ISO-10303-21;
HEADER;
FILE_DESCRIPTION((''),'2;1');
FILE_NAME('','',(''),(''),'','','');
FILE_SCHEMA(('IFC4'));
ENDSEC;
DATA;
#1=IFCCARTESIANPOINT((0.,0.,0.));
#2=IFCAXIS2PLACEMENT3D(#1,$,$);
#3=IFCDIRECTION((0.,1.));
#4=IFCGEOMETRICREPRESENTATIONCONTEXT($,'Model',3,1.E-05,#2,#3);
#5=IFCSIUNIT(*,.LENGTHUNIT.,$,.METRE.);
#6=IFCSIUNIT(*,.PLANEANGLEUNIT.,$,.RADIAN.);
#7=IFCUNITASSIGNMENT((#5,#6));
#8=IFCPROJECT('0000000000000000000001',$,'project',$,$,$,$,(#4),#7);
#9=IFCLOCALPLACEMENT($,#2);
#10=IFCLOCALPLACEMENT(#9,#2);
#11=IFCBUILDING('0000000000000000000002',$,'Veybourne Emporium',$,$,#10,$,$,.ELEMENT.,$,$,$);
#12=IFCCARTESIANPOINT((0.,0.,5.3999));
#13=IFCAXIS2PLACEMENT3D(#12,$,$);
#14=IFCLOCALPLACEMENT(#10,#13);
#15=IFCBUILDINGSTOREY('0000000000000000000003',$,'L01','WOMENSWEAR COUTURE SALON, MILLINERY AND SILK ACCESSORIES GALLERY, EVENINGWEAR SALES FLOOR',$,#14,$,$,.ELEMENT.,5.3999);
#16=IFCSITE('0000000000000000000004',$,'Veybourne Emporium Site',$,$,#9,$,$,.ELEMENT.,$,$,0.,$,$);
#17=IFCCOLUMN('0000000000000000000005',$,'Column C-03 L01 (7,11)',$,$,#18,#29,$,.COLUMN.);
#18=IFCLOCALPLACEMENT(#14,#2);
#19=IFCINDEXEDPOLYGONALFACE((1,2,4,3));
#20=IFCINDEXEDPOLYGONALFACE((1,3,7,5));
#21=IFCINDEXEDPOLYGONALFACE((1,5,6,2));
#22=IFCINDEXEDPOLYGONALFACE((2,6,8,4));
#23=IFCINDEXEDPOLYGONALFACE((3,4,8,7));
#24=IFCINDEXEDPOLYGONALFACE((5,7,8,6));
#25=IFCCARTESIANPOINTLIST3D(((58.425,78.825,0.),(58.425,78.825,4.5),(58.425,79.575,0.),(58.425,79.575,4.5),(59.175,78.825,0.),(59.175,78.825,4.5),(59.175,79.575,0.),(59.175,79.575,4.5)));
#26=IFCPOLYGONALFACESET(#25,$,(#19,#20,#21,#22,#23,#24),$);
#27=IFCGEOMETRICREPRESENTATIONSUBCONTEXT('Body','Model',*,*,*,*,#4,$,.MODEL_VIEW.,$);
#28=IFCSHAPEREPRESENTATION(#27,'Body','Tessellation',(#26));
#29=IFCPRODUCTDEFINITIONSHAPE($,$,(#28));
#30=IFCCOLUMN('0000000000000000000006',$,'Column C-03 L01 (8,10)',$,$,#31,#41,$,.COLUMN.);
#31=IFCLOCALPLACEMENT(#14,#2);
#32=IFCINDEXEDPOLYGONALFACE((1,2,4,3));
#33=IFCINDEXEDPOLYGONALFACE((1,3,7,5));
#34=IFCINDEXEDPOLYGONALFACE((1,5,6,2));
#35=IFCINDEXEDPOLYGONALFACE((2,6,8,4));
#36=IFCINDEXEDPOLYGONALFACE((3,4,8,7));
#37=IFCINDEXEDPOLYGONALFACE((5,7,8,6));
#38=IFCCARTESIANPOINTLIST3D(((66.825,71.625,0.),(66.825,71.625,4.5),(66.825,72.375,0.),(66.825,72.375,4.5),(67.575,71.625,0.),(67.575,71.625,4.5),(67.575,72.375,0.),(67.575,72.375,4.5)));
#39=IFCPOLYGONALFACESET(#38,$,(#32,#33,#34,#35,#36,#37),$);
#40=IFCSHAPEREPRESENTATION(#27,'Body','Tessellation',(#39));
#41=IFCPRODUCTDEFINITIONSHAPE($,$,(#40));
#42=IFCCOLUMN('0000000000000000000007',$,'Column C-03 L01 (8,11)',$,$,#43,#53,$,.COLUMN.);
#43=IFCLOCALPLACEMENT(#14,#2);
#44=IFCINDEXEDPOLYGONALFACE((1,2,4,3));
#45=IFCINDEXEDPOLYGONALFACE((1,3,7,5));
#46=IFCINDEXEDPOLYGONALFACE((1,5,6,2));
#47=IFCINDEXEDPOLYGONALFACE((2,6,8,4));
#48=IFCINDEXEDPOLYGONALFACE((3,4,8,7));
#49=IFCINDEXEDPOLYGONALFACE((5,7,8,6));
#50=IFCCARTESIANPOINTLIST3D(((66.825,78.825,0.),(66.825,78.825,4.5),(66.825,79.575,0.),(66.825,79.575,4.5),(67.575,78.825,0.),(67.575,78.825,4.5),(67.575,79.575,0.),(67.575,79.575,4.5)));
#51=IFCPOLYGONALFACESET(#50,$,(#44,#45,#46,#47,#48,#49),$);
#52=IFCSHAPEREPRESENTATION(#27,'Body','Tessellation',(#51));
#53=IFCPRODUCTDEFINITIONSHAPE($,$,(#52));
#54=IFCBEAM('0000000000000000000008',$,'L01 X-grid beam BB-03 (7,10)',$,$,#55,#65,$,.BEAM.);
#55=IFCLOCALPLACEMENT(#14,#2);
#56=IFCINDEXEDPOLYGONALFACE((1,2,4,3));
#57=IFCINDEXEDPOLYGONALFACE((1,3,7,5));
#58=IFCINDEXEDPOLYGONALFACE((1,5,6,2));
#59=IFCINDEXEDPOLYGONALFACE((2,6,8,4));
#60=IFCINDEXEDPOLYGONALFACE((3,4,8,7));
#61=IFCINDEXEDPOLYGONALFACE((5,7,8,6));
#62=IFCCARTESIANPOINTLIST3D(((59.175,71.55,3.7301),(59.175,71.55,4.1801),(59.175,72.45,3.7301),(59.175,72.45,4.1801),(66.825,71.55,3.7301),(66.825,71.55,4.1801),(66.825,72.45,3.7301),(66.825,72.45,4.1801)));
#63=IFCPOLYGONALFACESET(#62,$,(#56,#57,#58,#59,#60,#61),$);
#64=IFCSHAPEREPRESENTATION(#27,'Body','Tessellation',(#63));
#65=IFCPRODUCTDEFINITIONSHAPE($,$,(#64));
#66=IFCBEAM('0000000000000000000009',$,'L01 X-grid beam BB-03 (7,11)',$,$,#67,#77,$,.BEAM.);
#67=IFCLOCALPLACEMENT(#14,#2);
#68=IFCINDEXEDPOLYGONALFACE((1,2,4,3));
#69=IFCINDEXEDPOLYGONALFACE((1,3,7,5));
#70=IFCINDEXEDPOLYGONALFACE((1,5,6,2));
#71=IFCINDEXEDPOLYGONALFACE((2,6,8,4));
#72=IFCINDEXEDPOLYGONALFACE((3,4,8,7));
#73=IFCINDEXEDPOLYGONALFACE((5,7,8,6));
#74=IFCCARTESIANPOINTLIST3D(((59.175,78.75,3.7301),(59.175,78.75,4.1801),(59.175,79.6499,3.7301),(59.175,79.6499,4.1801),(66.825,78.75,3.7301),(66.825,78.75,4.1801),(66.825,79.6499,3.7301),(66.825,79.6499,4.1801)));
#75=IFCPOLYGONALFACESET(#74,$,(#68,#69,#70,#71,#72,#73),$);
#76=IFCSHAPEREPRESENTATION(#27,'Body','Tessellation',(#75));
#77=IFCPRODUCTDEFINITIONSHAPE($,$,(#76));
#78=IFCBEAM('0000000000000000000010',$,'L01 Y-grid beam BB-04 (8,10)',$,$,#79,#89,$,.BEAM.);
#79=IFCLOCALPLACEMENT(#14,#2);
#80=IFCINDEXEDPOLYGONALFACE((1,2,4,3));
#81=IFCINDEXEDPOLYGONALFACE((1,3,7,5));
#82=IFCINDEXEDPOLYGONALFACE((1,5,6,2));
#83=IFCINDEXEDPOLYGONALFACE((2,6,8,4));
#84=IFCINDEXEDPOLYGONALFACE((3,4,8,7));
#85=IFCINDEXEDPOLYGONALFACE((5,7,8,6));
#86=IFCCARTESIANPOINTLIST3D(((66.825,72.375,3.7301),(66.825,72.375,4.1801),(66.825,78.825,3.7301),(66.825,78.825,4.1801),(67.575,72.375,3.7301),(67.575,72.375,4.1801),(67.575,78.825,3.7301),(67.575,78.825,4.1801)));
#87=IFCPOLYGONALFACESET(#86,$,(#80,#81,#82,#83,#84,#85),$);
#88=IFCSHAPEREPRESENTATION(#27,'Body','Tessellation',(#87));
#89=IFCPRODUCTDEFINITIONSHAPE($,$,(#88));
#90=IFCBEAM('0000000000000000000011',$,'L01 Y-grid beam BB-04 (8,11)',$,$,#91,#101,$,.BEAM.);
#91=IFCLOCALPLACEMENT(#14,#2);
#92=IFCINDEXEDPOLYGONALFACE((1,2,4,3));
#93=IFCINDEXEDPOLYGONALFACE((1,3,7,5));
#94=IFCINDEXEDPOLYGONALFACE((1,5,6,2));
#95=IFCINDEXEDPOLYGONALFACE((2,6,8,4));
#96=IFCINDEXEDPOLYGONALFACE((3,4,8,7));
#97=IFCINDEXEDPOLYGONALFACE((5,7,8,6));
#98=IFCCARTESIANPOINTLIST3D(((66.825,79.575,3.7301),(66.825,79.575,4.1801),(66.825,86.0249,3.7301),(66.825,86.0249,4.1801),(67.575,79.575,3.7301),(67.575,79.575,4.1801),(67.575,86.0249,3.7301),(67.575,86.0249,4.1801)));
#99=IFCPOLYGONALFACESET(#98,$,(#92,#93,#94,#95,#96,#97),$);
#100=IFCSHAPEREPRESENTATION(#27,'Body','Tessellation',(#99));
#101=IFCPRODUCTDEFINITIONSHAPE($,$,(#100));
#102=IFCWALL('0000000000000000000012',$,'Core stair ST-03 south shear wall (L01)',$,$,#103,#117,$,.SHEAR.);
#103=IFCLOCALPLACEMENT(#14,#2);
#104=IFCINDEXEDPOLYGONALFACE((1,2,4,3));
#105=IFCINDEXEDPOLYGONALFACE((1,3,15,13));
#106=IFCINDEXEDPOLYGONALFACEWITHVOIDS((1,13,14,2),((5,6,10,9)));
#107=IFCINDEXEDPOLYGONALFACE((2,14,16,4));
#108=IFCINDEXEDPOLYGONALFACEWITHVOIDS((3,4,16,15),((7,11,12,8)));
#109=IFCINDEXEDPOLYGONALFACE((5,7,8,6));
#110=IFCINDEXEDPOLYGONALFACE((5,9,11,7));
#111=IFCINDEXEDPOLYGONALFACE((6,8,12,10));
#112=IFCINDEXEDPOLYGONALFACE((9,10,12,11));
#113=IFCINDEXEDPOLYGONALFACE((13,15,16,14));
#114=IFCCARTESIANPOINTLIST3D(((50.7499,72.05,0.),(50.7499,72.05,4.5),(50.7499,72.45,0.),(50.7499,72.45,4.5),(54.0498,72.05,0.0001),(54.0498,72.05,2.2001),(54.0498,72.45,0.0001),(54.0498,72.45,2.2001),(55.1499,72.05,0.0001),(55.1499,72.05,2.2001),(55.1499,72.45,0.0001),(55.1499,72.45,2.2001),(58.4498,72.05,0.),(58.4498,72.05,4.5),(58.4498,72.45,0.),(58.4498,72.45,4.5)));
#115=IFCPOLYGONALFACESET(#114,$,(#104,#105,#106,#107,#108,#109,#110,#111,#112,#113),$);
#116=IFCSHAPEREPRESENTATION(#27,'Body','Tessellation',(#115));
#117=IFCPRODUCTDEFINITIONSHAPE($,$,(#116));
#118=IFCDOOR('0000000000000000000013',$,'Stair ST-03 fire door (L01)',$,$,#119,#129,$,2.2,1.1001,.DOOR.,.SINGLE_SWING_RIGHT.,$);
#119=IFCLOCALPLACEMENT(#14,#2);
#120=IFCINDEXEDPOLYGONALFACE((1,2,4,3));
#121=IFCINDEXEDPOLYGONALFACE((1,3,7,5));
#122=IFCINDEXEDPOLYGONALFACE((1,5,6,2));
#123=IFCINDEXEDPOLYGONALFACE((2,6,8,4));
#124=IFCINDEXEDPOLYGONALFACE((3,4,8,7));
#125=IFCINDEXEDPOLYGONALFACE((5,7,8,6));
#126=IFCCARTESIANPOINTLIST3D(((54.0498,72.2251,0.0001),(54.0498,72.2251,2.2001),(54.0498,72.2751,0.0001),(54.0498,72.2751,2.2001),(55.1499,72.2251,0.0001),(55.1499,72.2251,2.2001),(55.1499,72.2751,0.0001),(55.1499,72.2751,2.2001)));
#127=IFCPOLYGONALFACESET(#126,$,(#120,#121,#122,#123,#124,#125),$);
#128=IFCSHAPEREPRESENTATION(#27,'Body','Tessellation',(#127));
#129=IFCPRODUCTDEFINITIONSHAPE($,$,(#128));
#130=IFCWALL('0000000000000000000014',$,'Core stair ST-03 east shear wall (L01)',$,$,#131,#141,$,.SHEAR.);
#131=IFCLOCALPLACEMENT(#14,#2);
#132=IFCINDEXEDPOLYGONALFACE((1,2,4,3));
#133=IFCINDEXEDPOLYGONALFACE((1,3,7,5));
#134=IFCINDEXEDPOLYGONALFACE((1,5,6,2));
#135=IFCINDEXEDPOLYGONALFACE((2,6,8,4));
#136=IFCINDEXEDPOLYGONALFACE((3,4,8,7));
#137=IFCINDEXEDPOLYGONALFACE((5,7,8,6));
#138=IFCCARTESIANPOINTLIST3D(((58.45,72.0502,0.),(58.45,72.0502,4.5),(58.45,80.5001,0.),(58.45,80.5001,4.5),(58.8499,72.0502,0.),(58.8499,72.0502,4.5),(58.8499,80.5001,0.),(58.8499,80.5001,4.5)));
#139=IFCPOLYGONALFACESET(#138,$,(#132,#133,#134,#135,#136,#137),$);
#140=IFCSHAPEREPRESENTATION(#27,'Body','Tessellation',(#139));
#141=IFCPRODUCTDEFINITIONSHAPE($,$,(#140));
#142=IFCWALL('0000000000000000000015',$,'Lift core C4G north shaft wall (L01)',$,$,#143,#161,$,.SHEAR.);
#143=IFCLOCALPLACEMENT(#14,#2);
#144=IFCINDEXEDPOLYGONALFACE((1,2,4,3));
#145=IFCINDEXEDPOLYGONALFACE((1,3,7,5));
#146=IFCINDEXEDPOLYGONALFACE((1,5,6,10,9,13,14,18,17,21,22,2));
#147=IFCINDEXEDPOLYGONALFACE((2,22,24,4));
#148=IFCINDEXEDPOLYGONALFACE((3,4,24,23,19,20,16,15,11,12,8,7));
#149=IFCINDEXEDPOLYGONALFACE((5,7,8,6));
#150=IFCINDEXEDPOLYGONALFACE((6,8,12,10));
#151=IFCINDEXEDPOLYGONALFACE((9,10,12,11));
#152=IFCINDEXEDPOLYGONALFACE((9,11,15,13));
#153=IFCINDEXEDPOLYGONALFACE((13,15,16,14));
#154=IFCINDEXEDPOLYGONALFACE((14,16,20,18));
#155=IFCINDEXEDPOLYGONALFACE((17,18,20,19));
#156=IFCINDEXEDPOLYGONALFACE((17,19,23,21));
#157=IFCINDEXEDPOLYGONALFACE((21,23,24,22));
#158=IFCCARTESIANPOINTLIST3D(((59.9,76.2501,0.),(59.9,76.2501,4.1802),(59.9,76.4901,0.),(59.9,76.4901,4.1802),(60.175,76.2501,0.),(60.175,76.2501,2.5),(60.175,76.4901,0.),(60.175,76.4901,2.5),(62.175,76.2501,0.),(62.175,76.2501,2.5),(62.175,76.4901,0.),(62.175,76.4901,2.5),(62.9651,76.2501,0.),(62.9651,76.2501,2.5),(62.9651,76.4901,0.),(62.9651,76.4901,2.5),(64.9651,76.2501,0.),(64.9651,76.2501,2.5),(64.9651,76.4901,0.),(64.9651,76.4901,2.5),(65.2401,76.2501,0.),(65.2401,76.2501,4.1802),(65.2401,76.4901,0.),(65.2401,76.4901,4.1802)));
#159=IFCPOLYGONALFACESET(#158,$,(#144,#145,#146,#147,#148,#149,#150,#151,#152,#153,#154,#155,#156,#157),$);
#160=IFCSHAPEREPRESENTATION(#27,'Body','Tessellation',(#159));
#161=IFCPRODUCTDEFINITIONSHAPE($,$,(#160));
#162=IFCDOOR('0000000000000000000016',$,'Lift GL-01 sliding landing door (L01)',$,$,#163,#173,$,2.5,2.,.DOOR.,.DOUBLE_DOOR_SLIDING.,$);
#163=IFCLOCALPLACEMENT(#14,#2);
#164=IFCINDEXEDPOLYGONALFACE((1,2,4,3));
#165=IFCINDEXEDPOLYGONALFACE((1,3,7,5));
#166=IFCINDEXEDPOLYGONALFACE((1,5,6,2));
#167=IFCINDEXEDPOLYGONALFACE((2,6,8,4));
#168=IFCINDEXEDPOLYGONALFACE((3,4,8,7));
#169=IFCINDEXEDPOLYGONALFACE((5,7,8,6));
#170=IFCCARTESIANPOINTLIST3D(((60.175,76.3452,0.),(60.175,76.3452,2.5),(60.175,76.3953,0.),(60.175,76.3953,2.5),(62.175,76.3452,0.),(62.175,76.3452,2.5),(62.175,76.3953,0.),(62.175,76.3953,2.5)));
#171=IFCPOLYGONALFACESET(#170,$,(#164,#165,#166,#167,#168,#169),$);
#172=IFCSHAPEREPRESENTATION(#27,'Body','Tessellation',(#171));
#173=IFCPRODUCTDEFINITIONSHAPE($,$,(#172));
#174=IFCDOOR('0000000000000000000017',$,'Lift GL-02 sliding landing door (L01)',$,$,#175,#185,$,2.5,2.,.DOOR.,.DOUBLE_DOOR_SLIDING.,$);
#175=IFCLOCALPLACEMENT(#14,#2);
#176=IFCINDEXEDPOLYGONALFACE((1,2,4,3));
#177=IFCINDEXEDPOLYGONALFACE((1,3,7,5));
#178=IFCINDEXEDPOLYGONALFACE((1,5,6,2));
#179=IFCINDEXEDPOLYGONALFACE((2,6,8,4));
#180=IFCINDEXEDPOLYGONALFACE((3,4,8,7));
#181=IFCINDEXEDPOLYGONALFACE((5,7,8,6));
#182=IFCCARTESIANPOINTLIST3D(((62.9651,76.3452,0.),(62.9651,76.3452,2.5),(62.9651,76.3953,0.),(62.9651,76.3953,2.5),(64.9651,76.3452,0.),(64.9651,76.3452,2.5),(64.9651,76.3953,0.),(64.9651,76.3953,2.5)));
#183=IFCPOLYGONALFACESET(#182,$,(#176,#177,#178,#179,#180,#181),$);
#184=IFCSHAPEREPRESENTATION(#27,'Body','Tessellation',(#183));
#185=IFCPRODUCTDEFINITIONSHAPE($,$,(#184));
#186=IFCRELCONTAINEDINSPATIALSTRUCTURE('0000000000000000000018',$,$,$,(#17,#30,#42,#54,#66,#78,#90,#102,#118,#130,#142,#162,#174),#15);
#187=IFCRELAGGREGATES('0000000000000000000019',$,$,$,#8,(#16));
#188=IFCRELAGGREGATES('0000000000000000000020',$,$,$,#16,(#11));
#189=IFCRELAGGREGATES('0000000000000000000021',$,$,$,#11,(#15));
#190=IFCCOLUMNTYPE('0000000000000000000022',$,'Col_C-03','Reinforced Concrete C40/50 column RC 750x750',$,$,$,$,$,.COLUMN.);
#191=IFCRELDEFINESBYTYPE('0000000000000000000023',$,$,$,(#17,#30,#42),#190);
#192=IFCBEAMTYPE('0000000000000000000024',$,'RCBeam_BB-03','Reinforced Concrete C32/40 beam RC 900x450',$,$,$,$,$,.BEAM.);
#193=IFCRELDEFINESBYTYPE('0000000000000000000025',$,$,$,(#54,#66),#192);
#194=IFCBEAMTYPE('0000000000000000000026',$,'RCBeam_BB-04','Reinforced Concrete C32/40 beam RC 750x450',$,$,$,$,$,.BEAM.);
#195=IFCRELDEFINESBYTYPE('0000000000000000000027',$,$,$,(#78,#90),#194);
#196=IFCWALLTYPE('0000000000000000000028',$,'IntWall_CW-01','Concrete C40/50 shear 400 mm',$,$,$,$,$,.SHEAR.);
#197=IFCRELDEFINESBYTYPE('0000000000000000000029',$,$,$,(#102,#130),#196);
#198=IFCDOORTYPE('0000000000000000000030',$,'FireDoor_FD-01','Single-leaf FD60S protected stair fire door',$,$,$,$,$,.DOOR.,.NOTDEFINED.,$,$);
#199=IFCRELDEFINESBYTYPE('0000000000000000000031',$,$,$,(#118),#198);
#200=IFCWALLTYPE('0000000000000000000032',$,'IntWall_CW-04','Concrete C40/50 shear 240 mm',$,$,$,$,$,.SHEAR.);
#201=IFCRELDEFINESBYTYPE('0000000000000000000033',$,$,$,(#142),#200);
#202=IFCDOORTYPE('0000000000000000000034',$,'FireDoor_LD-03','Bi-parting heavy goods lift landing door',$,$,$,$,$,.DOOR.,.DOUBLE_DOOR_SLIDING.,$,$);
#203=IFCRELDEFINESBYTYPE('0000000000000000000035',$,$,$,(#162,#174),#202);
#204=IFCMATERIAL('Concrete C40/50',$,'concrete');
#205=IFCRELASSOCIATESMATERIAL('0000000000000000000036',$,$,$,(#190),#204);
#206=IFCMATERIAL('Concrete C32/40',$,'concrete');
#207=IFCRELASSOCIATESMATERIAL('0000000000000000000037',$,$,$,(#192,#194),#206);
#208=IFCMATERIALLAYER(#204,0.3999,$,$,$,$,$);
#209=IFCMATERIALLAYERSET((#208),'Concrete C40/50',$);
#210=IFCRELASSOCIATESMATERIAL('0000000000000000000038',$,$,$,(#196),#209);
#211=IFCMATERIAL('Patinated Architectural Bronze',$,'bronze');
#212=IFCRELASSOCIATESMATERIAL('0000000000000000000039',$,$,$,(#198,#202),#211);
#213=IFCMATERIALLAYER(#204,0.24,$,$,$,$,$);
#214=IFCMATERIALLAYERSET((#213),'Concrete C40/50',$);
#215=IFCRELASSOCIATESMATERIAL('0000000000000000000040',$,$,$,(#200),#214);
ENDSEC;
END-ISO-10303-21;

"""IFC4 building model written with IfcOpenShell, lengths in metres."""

from ifc_helpers import new_model, si_unit, direction, frame, frame_2d, origin, origin_2d, place, context, subcontext, project, spatial, rectangle, extrude, material, layer, layer_set, material_profile, profile_set, type_object, element, fill, save


model = new_model("IFC4")

# Units and contexts
model_context = context("Model", 3, precision=1e-05, world=origin(), true_north=direction((0.0, 1.0)))
body_context = subcontext(model_context, "Body", "Model", "MODEL_VIEW")
ifc_project = project(units=[si_unit("LENGTHUNIT", "METRE"), si_unit("PLANEANGLEUNIT", "RADIAN")], contexts=[model_context])

# Site, building, storey
site_placement = place(None, origin())
site = spatial("IfcSite", under=ifc_project, at=site_placement, Name="Veybourne Emporium Site", CompositionType="ELEMENT", RefElevation=0.0)
building_placement = place(site_placement, origin())
building = spatial("IfcBuilding", under=site, at=building_placement, Name="Veybourne Emporium", CompositionType="ELEMENT")
storey_placement = place(building_placement, frame((0.0, 0.0, 5.3999)))
storey = spatial("IfcBuildingStorey", under=building, at=storey_placement, Name="L01", Description="WOMENSWEAR COUTURE SALON, MILLINERY AND SILK ACCESSORIES GALLERY, EVENINGWEAR SALES FLOOR", CompositionType="ELEMENT", Elevation=5.3999)

# Columns
ifc_material_1 = material(Name="Concrete C40/50", Category="concrete")
ifc_material_profile_1 = material_profile(ifc_material_1, rectangle(XDim=0.75, YDim=0.75, at=origin_2d()), Name="RC 750x750")
ifc_profile_set_1 = profile_set([ifc_material_profile_1], Name="Concrete C40/50")
column_type = type_object("IfcColumnType", Name="Col_C-03", Description="Reinforced Concrete C40/50 column RC 750x750", PredefinedType="COLUMN", material=ifc_profile_set_1)
for number, where, z_axis, x_axis, name in (
    (1, (58.8, 79.2, 0.0), (0.0, 0.0, 1.0), (1.0, 0.0, 0.0), "Column C-03 L01 (7,11)"),
    (2, (67.2, 72.0, 0.0), (0.0, 0.0, 1.0), (1.0, 0.0, 0.0), "Column C-03 L01 (8,10)"),
    (3, (67.2, 79.2, 0.0), (0.0, 0.0, 1.0), (1.0, 0.0, 0.0), "Column C-03 L01 (8,11)"),
):
    element("IfcColumn", number, at=place(storey_placement, frame(where, z_axis=z_axis, x_axis=x_axis)), inside=storey, type_object=column_type, Name=name, PredefinedType="COLUMN", context=body_context, shape_type="SweptSolid", body=[
        extrude(rectangle(XDim=0.75, YDim=0.75, at=origin_2d()), origin(), (0.0, 0.0, 1.0), 4.5),
    ])

# Beams
ifc_material_2 = material(Name="Concrete C32/40", Category="concrete")
ifc_material_profile_2 = material_profile(ifc_material_2, rectangle(XDim=0.8999, YDim=0.45, at=origin_2d()), Name="RC 900x450")
ifc_profile_set_2 = profile_set([ifc_material_profile_2], Name="Concrete C32/40")
beam_type_1 = type_object("IfcBeamType", Name="RCBeam_BB-03", Description="Reinforced Concrete C32/40 beam RC 900x450", PredefinedType="BEAM", material=ifc_profile_set_2)
for number, where, z_axis, x_axis, name in (
    (4, (59.175, 72.0, 3.9551), (1.0, 0.0, 0.0), (0.0, 1.0, 0.0), "L01 X-grid beam BB-03 (7,10)"),
    (5, (59.175, 79.2, 3.9551), (1.0, 0.0, 0.0), (0.0, 1.0, 0.0), "L01 X-grid beam BB-03 (7,11)"),
):
    element("IfcBeam", number, at=place(storey_placement, frame(where, z_axis=z_axis, x_axis=x_axis)), inside=storey, type_object=beam_type_1, Name=name, PredefinedType="BEAM", context=body_context, shape_type="SweptSolid", body=[
        extrude(rectangle(XDim=0.8999, YDim=0.45, at=origin_2d()), origin(), (0.0, 0.0, 1.0), 7.6499),
    ])
ifc_material_profile_3 = material_profile(ifc_material_2, rectangle(XDim=0.75, YDim=0.45, at=origin_2d()), Name="RC 750x450")
ifc_profile_set_3 = profile_set([ifc_material_profile_3], Name="Concrete C32/40")
beam_type_2 = type_object("IfcBeamType", Name="RCBeam_BB-04", Description="Reinforced Concrete C32/40 beam RC 750x450", PredefinedType="BEAM", material=ifc_profile_set_3)
for number, where, z_axis, x_axis, name in (
    (6, (67.2, 72.375, 3.9551), (0.0, 1.0, 0.0), (-1.0, 0.0, 0.0), "L01 Y-grid beam BB-04 (8,10)"),
    (7, (67.2, 79.575, 3.9551), (0.0, 1.0, 0.0), (-1.0, 0.0, 0.0), "L01 Y-grid beam BB-04 (8,11)"),
):
    element("IfcBeam", number, at=place(storey_placement, frame(where, z_axis=z_axis, x_axis=x_axis)), inside=storey, type_object=beam_type_2, Name=name, PredefinedType="BEAM", context=body_context, shape_type="SweptSolid", body=[
        extrude(rectangle(XDim=0.75, YDim=0.45, at=origin_2d()), origin(), (0.0, 0.0, 1.0), 6.45),
    ])

# Wall, opening, door
ifc_layer_1 = layer(ifc_material_1, 0.3999)
ifc_layer_set_1 = layer_set([ifc_layer_1], Name="Concrete C40/50")
wall_type_1 = type_object("IfcWallType", Name="IntWall_CW-01", Description="Concrete C40/50 shear 400 mm", PredefinedType="SHEAR", material=ifc_layer_set_1)
wall_1_placement = place(storey_placement, frame((58.45, 72.25, 0.0), z_axis=(0.0, 0.0, 1.0), x_axis=(-1.0, 0.0, 0.0)))
wall_1 = element("IfcWall", 8, at=wall_1_placement, inside=storey, type_object=wall_type_1, Name="Core stair ST-03 south shear wall (L01)", PredefinedType="SHEAR", context=body_context, shape_type="SweptSolid", body=[
    extrude(rectangle(XDim=7.7, YDim=0.3999, at=frame_2d((3.8501, 0.0))), origin(), (0.0, 0.0, 1.0), 4.5),
])
opening_1_placement = place(wall_1_placement, frame((3.3, 0.0, 0.0)))
opening_1 = element("IfcOpeningElement", 9, at=opening_1_placement, cuts=wall_1, PredefinedType="OPENING", context=body_context, shape_type="SweptSolid", body=[
    extrude(rectangle(XDim=1.1001, YDim=2.2, at=frame_2d((0.55, 1.1001))), frame((0.0, 0.22, 0.0), z_axis=(0.0, -1.0, 0.0), x_axis=(1.0, 0.0, 0.0)), (0.0, 0.0, 1.0), 0.4399),
])
ifc_material_3 = material(Name="Patinated Architectural Bronze", Category="bronze")
door_type_1 = type_object("IfcDoorType", Name="FireDoor_FD-01", Description="Single-leaf FD60S protected stair fire door", OperationType="NOTDEFINED", PredefinedType="DOOR", material=ifc_material_3)
door_1_placement = place(opening_1_placement, origin())
door_1 = element("IfcDoor", 10, at=door_1_placement, inside=storey, type_object=door_type_1, Name="Stair ST-03 fire door (L01)", OperationType="SINGLE_SWING_RIGHT", OverallHeight=2.2, OverallWidth=1.1001, PredefinedType="DOOR", context=body_context, shape_type="SweptSolid", body=[
    extrude(rectangle(XDim=1.1001, YDim=2.2, at=frame_2d((0.55, 1.1001))), frame((0.0, 0.0249, 0.0), z_axis=(0.0, -1.0, 0.0), x_axis=(1.0, 0.0, 0.0)), (0.0, 0.0, 1.0), 0.05),
])
fill(opening_1, door_1)

# Wall
wall_2_placement = place(storey_placement, frame((58.6499, 72.05, 0.0), z_axis=(0.0, 0.0, 1.0), x_axis=(0.0, 1.0, 0.0)))
element("IfcWall", 11, at=wall_2_placement, inside=storey, type_object=wall_type_1, Name="Core stair ST-03 east shear wall (L01)", PredefinedType="SHEAR", context=body_context, shape_type="SweptSolid", body=[
    extrude(rectangle(XDim=8.45, YDim=0.3999, at=frame_2d((4.2251, 0.0))), origin(), (0.0, 0.0, 1.0), 4.5),
])

# Wall, openings, doors
ifc_layer_2 = layer(ifc_material_1, 0.24)
ifc_layer_set_2 = layer_set([ifc_layer_2], Name="Concrete C40/50")
wall_type_2 = type_object("IfcWallType", Name="IntWall_CW-04", Description="Concrete C40/50 shear 240 mm", PredefinedType="SHEAR", material=ifc_layer_set_2)
wall_3_placement = place(storey_placement, frame((65.24, 76.3701, 0.0), z_axis=(0.0, 0.0, 1.0), x_axis=(-1.0, 0.0, 0.0)))
wall_3 = element("IfcWall", 12, at=wall_3_placement, inside=storey, type_object=wall_type_2, Name="Lift core C4G north shaft wall (L01)", PredefinedType="SHEAR", context=body_context, shape_type="SweptSolid", body=[
    extrude(rectangle(XDim=5.3401, YDim=0.24, at=frame_2d((2.6699, 0.0))), origin(), (0.0, 0.0, 1.0), 4.1802),
])
opening_2_placement = place(wall_3_placement, frame((3.0649, 0.0, 0.0)))
opening_2 = element("IfcOpeningElement", 13, at=opening_2_placement, cuts=wall_3, PredefinedType="OPENING", context=body_context, shape_type="SweptSolid", body=[
    extrude(rectangle(XDim=2.0, YDim=2.5, at=frame_2d((1.0, 1.25))), frame((0.0, 0.1401, 0.0), z_axis=(0.0, -1.0, 0.0), x_axis=(1.0, 0.0, 0.0)), (0.0, 0.0, 1.0), 0.28),
])
opening_3_placement = place(wall_3_placement, frame((0.2749, 0.0, 0.0)))
opening_3 = element("IfcOpeningElement", 14, at=opening_3_placement, cuts=wall_3, PredefinedType="OPENING", context=body_context, shape_type="SweptSolid", body=[
    extrude(rectangle(XDim=2.0, YDim=2.5, at=frame_2d((1.0, 1.25))), frame((0.0, 0.1401, 0.0), z_axis=(0.0, -1.0, 0.0), x_axis=(1.0, 0.0, 0.0)), (0.0, 0.0, 1.0), 0.28),
])
door_type_2 = type_object("IfcDoorType", Name="FireDoor_LD-03", Description="Bi-parting heavy goods lift landing door", OperationType="DOUBLE_DOOR_SLIDING", PredefinedType="DOOR", material=ifc_material_3)
door_2_placement = place(opening_2_placement, origin())
door_2 = element("IfcDoor", 15, at=door_2_placement, inside=storey, type_object=door_type_2, Name="Lift GL-01 sliding landing door (L01)", OperationType="DOUBLE_DOOR_SLIDING", OverallHeight=2.5, OverallWidth=2.0, PredefinedType="DOOR", context=body_context, shape_type="SweptSolid", body=[
    extrude(rectangle(XDim=2.0, YDim=2.5, at=frame_2d((1.0, 1.25))), frame((0.0, 0.0249, 0.0), z_axis=(0.0, -1.0, 0.0), x_axis=(1.0, 0.0, 0.0)), (0.0, 0.0, 1.0), 0.05),
])
fill(opening_2, door_2)
door_3_placement = place(opening_3_placement, origin())
door_3 = element("IfcDoor", 16, at=door_3_placement, inside=storey, type_object=door_type_2, Name="Lift GL-02 sliding landing door (L01)", OperationType="DOUBLE_DOOR_SLIDING", OverallHeight=2.5, OverallWidth=2.0, PredefinedType="DOOR", context=body_context, shape_type="SweptSolid", body=[
    extrude(rectangle(XDim=2.0, YDim=2.5, at=frame_2d((1.0, 1.25))), frame((0.0, 0.0249, 0.0), z_axis=(0.0, -1.0, 0.0), x_axis=(1.0, 0.0, 0.0)), (0.0, 0.0, 1.0), 0.05),
])
fill(opening_3, door_3)

save(model, "model.ifc")
